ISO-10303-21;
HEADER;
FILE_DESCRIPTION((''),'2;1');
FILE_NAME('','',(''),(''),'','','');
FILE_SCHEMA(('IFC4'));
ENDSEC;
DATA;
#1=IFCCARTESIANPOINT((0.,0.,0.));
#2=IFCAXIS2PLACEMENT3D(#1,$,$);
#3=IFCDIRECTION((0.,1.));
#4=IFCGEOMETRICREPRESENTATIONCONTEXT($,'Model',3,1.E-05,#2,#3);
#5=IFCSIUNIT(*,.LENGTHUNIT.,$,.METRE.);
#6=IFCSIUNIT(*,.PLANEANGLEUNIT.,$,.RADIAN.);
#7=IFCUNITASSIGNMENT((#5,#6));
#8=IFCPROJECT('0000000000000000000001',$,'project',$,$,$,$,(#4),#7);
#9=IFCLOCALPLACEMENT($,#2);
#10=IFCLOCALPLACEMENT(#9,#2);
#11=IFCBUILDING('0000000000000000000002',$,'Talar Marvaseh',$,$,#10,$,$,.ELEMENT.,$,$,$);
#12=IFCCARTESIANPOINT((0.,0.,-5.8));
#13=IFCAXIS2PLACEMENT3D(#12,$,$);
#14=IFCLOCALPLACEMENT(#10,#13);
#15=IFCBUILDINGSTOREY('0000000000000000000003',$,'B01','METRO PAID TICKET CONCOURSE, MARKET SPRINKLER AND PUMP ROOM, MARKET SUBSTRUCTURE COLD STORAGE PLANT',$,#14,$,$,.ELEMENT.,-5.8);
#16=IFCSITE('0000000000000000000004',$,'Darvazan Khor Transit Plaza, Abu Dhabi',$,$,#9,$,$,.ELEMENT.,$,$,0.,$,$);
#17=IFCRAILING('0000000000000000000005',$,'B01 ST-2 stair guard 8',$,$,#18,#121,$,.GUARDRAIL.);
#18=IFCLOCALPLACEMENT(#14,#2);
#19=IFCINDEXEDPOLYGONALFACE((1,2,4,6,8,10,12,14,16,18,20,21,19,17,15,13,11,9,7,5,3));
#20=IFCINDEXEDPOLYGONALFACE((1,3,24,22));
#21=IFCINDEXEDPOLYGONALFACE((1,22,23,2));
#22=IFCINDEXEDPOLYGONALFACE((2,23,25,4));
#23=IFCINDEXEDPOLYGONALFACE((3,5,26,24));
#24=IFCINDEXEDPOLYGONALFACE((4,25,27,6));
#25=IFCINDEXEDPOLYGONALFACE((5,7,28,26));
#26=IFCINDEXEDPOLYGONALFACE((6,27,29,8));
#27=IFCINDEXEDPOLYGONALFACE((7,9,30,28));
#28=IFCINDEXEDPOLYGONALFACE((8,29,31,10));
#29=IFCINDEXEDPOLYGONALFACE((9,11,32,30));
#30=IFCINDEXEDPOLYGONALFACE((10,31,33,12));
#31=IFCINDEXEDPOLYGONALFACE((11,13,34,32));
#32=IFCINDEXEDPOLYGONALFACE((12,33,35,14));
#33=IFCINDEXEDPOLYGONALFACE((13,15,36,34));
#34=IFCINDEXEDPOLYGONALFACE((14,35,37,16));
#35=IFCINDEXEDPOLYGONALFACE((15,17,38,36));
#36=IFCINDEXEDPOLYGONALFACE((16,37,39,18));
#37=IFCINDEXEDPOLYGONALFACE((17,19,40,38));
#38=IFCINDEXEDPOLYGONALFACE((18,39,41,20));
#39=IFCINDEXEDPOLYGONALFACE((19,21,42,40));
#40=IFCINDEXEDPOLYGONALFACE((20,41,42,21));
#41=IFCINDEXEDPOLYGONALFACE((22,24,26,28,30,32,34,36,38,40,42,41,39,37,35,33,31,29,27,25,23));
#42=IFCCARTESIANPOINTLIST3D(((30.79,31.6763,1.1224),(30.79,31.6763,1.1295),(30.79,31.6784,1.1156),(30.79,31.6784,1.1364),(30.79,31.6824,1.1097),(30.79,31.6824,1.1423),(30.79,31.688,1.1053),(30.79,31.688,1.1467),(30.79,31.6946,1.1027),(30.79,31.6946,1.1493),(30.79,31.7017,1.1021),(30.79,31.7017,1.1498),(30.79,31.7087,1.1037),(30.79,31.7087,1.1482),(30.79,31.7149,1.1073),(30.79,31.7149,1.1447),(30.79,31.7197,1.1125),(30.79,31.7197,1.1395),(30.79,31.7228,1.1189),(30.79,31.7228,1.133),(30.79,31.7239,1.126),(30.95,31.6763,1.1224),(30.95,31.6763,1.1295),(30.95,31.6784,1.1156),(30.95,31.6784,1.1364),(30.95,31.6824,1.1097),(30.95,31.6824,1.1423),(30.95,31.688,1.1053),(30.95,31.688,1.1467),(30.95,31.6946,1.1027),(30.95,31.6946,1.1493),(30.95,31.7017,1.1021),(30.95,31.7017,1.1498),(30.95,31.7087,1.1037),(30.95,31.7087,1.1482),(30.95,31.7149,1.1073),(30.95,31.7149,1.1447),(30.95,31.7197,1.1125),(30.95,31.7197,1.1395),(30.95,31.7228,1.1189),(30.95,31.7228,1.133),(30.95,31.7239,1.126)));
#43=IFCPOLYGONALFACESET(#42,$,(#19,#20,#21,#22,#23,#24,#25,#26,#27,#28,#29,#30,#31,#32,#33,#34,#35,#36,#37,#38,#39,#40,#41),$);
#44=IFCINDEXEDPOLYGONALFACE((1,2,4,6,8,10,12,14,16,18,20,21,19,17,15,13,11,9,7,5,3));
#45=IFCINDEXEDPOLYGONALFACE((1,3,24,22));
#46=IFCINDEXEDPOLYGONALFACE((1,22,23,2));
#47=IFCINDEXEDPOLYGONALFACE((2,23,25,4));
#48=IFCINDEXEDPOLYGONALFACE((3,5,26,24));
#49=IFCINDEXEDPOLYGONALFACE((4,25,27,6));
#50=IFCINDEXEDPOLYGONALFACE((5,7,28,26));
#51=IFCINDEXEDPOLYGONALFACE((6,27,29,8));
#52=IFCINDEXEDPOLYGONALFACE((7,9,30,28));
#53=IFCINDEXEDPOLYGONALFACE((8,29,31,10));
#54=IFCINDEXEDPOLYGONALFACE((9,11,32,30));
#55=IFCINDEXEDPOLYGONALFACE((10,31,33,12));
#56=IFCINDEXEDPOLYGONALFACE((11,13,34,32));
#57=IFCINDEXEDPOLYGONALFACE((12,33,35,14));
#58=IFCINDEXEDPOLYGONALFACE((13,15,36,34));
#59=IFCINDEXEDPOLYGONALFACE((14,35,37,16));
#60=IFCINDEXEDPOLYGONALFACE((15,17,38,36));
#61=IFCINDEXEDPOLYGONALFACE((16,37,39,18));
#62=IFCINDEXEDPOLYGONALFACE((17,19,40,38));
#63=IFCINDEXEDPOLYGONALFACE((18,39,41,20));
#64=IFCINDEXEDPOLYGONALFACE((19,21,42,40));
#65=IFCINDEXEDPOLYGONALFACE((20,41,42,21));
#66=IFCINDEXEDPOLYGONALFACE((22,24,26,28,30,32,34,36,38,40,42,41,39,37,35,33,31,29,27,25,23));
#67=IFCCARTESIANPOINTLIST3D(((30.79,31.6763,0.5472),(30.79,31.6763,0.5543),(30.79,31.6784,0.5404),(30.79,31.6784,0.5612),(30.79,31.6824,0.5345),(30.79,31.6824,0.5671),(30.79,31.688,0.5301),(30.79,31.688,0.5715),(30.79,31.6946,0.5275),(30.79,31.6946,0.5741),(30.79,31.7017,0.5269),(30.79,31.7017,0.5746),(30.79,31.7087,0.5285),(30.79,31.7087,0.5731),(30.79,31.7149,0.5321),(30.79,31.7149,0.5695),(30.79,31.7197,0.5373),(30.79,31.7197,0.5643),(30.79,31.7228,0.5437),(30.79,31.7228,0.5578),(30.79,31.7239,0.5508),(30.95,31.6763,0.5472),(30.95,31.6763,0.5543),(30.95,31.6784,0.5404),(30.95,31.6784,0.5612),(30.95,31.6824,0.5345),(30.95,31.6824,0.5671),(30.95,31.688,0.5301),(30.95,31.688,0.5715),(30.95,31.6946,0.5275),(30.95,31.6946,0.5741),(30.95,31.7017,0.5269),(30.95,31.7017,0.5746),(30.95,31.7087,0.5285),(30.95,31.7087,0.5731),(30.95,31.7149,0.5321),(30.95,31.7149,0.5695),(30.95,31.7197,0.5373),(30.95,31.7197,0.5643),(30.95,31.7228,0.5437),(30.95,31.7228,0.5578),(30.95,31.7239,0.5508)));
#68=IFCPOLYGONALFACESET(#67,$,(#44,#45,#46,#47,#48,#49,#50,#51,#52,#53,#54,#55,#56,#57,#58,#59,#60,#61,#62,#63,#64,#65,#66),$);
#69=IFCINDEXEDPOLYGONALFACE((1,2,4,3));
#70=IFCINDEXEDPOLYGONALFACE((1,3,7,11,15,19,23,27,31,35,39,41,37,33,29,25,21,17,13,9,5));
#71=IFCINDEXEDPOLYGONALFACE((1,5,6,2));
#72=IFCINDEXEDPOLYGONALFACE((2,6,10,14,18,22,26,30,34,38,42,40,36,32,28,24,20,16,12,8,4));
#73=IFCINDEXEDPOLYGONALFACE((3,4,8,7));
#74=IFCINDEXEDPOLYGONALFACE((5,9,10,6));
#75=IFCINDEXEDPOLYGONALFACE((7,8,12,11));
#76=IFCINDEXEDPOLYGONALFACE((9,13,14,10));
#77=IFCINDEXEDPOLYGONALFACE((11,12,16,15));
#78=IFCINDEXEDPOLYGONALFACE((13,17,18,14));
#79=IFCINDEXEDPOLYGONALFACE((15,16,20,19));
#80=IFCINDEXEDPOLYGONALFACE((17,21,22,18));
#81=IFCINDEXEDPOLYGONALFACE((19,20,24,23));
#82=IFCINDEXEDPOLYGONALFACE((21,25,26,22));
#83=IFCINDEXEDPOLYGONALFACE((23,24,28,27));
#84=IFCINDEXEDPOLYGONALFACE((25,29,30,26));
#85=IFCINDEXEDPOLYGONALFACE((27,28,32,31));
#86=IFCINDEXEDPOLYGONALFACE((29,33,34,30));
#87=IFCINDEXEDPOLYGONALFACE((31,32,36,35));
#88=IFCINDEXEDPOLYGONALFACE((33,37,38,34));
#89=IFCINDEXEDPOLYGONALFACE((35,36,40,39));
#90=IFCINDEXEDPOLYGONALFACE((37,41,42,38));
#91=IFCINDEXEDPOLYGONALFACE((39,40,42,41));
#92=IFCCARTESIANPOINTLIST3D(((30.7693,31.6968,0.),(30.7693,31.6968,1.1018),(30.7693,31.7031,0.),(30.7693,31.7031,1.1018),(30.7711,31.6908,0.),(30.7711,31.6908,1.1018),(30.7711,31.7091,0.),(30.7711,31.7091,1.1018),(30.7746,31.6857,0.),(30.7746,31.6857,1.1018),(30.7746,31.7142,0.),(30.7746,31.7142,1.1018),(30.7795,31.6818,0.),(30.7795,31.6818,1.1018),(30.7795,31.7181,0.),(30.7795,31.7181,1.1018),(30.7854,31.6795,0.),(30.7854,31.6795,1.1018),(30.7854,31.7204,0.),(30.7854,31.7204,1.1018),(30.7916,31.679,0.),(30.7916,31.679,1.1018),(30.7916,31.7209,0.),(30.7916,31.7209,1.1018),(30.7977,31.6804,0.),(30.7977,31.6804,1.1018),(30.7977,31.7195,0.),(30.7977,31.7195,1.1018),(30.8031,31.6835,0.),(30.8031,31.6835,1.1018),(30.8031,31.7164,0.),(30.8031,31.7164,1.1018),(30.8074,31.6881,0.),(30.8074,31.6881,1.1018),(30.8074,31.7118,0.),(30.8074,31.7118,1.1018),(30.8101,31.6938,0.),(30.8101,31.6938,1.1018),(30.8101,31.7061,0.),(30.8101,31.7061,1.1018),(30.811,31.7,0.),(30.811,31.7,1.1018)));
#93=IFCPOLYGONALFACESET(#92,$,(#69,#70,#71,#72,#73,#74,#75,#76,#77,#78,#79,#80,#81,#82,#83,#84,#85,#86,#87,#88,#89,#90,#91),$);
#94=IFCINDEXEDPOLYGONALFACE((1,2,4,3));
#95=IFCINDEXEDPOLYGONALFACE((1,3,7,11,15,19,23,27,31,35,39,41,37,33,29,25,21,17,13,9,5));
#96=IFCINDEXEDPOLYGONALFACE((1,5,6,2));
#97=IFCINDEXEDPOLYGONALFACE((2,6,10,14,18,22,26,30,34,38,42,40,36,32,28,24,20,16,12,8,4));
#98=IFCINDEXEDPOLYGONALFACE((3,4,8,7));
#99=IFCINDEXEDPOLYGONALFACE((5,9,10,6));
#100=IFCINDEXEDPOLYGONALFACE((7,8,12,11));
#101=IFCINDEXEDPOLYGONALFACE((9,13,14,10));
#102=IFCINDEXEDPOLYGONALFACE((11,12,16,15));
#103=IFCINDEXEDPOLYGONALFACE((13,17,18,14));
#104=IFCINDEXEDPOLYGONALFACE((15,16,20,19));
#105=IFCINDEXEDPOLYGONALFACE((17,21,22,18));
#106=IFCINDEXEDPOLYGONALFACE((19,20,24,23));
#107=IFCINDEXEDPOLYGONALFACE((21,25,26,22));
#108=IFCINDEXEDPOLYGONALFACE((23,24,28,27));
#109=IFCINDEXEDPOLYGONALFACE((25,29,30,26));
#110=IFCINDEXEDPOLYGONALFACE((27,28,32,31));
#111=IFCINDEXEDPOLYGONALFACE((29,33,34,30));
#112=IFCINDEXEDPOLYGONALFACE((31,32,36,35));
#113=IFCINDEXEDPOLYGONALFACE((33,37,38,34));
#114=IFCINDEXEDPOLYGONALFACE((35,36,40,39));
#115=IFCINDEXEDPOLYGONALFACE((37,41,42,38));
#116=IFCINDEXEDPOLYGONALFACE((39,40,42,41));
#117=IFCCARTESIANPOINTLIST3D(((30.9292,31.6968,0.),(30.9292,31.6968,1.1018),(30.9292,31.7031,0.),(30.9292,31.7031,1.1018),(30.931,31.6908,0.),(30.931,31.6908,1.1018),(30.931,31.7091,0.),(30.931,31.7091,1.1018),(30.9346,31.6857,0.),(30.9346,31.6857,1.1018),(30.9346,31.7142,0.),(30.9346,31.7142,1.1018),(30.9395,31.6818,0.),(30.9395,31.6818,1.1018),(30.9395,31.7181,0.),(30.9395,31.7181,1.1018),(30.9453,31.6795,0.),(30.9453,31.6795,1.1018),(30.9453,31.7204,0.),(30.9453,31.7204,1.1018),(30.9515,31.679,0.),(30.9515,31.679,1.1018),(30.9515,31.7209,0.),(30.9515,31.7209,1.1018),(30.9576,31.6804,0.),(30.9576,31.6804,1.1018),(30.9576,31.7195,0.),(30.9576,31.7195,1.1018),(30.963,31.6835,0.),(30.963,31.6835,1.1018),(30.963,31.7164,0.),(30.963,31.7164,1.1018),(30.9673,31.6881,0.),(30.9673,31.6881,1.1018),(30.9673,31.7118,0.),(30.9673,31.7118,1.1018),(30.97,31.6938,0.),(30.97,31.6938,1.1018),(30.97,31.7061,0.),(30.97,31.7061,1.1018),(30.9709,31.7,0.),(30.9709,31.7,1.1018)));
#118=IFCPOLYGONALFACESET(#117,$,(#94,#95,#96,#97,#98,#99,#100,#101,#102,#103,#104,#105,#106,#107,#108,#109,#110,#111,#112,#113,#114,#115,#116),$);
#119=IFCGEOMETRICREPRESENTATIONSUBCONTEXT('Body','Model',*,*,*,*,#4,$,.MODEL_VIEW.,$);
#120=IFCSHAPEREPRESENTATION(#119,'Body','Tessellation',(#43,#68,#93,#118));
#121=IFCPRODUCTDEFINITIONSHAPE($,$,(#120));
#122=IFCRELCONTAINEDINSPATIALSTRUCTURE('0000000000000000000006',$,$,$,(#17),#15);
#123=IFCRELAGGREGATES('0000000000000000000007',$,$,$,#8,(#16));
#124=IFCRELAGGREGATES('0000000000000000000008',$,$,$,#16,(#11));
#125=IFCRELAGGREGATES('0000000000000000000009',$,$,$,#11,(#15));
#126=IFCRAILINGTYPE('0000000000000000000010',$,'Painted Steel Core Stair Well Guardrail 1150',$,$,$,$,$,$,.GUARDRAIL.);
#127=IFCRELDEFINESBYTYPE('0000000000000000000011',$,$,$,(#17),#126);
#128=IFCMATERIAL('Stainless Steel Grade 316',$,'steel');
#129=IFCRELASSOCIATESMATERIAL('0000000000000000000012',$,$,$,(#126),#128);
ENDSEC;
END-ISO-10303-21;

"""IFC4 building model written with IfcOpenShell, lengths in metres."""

from ifc_helpers import new_model, si_unit, direction, frame, origin, origin_2d, place, context, subcontext, project, spatial, circle, extrude, material, type_object, element, save


model = new_model("IFC4")

# Units and contexts
model_context = context("Model", 3, precision=1e-05, world=origin(), true_north=direction((0.0, 1.0)))
body_context = subcontext(model_context, "Body", "Model", "MODEL_VIEW")
ifc_project = project(units=[si_unit("LENGTHUNIT", "METRE"), si_unit("PLANEANGLEUNIT", "RADIAN")], contexts=[model_context])

# Site, building, storey
site_placement = place(None, origin())
site = spatial("IfcSite", under=ifc_project, at=site_placement, Name="Darvazan Khor Transit Plaza, Abu Dhabi", CompositionType="ELEMENT", RefElevation=0.0)
building_placement = place(site_placement, origin())
building = spatial("IfcBuilding", under=site, at=building_placement, Name="Talar Marvaseh", CompositionType="ELEMENT")
storey_placement = place(building_placement, frame((0.0, 0.0, -5.8)))
storey = spatial("IfcBuildingStorey", under=building, at=storey_placement, Name="B01", Description="METRO PAID TICKET CONCOURSE, MARKET SPRINKLER AND PUMP ROOM, MARKET SUBSTRUCTURE COLD STORAGE PLANT", CompositionType="ELEMENT", Elevation=-5.8)

# Railing
ifc_material_1 = material(Name="Stainless Steel Grade 316", Category="steel")
railing_type_1 = type_object("IfcRailingType", Name="Painted Steel Core Stair Well Guardrail 1150", PredefinedType="GUARDRAIL", material=ifc_material_1)
railing_1_placement = place(storey_placement, frame((30.79, 31.7, 0.0)))
element("IfcRailing", 1, at=railing_1_placement, inside=storey, type_object=railing_type_1, Name="B01 ST-2 stair guard 8", PredefinedType="GUARDRAIL", context=body_context, shape_type="SweptSolid", body=[
    extrude(circle(Radius=0.0239, at=origin_2d()), frame((0.0, 0.0, 1.126), z_axis=(1.0, 0.0, 0.0), x_axis=(0.0, 1.0, 0.0)), (0.0, 0.0, 1.0), 0.1599),
    extrude(circle(Radius=0.0239, at=origin_2d()), frame((0.0, 0.0, 0.5508), z_axis=(1.0, 0.0, 0.0), x_axis=(0.0, 1.0, 0.0)), (0.0, 0.0, 1.0), 0.1599),
    extrude(circle(Radius=0.021, at=origin_2d()), origin(), (0.0, 0.0, 1.0), 1.1018),
    extrude(circle(Radius=0.021, at=origin_2d()), frame((0.1599, 0.0, 0.0)), (0.0, 0.0, 1.0), 1.1018),
])

save(model, "model.ifc")
